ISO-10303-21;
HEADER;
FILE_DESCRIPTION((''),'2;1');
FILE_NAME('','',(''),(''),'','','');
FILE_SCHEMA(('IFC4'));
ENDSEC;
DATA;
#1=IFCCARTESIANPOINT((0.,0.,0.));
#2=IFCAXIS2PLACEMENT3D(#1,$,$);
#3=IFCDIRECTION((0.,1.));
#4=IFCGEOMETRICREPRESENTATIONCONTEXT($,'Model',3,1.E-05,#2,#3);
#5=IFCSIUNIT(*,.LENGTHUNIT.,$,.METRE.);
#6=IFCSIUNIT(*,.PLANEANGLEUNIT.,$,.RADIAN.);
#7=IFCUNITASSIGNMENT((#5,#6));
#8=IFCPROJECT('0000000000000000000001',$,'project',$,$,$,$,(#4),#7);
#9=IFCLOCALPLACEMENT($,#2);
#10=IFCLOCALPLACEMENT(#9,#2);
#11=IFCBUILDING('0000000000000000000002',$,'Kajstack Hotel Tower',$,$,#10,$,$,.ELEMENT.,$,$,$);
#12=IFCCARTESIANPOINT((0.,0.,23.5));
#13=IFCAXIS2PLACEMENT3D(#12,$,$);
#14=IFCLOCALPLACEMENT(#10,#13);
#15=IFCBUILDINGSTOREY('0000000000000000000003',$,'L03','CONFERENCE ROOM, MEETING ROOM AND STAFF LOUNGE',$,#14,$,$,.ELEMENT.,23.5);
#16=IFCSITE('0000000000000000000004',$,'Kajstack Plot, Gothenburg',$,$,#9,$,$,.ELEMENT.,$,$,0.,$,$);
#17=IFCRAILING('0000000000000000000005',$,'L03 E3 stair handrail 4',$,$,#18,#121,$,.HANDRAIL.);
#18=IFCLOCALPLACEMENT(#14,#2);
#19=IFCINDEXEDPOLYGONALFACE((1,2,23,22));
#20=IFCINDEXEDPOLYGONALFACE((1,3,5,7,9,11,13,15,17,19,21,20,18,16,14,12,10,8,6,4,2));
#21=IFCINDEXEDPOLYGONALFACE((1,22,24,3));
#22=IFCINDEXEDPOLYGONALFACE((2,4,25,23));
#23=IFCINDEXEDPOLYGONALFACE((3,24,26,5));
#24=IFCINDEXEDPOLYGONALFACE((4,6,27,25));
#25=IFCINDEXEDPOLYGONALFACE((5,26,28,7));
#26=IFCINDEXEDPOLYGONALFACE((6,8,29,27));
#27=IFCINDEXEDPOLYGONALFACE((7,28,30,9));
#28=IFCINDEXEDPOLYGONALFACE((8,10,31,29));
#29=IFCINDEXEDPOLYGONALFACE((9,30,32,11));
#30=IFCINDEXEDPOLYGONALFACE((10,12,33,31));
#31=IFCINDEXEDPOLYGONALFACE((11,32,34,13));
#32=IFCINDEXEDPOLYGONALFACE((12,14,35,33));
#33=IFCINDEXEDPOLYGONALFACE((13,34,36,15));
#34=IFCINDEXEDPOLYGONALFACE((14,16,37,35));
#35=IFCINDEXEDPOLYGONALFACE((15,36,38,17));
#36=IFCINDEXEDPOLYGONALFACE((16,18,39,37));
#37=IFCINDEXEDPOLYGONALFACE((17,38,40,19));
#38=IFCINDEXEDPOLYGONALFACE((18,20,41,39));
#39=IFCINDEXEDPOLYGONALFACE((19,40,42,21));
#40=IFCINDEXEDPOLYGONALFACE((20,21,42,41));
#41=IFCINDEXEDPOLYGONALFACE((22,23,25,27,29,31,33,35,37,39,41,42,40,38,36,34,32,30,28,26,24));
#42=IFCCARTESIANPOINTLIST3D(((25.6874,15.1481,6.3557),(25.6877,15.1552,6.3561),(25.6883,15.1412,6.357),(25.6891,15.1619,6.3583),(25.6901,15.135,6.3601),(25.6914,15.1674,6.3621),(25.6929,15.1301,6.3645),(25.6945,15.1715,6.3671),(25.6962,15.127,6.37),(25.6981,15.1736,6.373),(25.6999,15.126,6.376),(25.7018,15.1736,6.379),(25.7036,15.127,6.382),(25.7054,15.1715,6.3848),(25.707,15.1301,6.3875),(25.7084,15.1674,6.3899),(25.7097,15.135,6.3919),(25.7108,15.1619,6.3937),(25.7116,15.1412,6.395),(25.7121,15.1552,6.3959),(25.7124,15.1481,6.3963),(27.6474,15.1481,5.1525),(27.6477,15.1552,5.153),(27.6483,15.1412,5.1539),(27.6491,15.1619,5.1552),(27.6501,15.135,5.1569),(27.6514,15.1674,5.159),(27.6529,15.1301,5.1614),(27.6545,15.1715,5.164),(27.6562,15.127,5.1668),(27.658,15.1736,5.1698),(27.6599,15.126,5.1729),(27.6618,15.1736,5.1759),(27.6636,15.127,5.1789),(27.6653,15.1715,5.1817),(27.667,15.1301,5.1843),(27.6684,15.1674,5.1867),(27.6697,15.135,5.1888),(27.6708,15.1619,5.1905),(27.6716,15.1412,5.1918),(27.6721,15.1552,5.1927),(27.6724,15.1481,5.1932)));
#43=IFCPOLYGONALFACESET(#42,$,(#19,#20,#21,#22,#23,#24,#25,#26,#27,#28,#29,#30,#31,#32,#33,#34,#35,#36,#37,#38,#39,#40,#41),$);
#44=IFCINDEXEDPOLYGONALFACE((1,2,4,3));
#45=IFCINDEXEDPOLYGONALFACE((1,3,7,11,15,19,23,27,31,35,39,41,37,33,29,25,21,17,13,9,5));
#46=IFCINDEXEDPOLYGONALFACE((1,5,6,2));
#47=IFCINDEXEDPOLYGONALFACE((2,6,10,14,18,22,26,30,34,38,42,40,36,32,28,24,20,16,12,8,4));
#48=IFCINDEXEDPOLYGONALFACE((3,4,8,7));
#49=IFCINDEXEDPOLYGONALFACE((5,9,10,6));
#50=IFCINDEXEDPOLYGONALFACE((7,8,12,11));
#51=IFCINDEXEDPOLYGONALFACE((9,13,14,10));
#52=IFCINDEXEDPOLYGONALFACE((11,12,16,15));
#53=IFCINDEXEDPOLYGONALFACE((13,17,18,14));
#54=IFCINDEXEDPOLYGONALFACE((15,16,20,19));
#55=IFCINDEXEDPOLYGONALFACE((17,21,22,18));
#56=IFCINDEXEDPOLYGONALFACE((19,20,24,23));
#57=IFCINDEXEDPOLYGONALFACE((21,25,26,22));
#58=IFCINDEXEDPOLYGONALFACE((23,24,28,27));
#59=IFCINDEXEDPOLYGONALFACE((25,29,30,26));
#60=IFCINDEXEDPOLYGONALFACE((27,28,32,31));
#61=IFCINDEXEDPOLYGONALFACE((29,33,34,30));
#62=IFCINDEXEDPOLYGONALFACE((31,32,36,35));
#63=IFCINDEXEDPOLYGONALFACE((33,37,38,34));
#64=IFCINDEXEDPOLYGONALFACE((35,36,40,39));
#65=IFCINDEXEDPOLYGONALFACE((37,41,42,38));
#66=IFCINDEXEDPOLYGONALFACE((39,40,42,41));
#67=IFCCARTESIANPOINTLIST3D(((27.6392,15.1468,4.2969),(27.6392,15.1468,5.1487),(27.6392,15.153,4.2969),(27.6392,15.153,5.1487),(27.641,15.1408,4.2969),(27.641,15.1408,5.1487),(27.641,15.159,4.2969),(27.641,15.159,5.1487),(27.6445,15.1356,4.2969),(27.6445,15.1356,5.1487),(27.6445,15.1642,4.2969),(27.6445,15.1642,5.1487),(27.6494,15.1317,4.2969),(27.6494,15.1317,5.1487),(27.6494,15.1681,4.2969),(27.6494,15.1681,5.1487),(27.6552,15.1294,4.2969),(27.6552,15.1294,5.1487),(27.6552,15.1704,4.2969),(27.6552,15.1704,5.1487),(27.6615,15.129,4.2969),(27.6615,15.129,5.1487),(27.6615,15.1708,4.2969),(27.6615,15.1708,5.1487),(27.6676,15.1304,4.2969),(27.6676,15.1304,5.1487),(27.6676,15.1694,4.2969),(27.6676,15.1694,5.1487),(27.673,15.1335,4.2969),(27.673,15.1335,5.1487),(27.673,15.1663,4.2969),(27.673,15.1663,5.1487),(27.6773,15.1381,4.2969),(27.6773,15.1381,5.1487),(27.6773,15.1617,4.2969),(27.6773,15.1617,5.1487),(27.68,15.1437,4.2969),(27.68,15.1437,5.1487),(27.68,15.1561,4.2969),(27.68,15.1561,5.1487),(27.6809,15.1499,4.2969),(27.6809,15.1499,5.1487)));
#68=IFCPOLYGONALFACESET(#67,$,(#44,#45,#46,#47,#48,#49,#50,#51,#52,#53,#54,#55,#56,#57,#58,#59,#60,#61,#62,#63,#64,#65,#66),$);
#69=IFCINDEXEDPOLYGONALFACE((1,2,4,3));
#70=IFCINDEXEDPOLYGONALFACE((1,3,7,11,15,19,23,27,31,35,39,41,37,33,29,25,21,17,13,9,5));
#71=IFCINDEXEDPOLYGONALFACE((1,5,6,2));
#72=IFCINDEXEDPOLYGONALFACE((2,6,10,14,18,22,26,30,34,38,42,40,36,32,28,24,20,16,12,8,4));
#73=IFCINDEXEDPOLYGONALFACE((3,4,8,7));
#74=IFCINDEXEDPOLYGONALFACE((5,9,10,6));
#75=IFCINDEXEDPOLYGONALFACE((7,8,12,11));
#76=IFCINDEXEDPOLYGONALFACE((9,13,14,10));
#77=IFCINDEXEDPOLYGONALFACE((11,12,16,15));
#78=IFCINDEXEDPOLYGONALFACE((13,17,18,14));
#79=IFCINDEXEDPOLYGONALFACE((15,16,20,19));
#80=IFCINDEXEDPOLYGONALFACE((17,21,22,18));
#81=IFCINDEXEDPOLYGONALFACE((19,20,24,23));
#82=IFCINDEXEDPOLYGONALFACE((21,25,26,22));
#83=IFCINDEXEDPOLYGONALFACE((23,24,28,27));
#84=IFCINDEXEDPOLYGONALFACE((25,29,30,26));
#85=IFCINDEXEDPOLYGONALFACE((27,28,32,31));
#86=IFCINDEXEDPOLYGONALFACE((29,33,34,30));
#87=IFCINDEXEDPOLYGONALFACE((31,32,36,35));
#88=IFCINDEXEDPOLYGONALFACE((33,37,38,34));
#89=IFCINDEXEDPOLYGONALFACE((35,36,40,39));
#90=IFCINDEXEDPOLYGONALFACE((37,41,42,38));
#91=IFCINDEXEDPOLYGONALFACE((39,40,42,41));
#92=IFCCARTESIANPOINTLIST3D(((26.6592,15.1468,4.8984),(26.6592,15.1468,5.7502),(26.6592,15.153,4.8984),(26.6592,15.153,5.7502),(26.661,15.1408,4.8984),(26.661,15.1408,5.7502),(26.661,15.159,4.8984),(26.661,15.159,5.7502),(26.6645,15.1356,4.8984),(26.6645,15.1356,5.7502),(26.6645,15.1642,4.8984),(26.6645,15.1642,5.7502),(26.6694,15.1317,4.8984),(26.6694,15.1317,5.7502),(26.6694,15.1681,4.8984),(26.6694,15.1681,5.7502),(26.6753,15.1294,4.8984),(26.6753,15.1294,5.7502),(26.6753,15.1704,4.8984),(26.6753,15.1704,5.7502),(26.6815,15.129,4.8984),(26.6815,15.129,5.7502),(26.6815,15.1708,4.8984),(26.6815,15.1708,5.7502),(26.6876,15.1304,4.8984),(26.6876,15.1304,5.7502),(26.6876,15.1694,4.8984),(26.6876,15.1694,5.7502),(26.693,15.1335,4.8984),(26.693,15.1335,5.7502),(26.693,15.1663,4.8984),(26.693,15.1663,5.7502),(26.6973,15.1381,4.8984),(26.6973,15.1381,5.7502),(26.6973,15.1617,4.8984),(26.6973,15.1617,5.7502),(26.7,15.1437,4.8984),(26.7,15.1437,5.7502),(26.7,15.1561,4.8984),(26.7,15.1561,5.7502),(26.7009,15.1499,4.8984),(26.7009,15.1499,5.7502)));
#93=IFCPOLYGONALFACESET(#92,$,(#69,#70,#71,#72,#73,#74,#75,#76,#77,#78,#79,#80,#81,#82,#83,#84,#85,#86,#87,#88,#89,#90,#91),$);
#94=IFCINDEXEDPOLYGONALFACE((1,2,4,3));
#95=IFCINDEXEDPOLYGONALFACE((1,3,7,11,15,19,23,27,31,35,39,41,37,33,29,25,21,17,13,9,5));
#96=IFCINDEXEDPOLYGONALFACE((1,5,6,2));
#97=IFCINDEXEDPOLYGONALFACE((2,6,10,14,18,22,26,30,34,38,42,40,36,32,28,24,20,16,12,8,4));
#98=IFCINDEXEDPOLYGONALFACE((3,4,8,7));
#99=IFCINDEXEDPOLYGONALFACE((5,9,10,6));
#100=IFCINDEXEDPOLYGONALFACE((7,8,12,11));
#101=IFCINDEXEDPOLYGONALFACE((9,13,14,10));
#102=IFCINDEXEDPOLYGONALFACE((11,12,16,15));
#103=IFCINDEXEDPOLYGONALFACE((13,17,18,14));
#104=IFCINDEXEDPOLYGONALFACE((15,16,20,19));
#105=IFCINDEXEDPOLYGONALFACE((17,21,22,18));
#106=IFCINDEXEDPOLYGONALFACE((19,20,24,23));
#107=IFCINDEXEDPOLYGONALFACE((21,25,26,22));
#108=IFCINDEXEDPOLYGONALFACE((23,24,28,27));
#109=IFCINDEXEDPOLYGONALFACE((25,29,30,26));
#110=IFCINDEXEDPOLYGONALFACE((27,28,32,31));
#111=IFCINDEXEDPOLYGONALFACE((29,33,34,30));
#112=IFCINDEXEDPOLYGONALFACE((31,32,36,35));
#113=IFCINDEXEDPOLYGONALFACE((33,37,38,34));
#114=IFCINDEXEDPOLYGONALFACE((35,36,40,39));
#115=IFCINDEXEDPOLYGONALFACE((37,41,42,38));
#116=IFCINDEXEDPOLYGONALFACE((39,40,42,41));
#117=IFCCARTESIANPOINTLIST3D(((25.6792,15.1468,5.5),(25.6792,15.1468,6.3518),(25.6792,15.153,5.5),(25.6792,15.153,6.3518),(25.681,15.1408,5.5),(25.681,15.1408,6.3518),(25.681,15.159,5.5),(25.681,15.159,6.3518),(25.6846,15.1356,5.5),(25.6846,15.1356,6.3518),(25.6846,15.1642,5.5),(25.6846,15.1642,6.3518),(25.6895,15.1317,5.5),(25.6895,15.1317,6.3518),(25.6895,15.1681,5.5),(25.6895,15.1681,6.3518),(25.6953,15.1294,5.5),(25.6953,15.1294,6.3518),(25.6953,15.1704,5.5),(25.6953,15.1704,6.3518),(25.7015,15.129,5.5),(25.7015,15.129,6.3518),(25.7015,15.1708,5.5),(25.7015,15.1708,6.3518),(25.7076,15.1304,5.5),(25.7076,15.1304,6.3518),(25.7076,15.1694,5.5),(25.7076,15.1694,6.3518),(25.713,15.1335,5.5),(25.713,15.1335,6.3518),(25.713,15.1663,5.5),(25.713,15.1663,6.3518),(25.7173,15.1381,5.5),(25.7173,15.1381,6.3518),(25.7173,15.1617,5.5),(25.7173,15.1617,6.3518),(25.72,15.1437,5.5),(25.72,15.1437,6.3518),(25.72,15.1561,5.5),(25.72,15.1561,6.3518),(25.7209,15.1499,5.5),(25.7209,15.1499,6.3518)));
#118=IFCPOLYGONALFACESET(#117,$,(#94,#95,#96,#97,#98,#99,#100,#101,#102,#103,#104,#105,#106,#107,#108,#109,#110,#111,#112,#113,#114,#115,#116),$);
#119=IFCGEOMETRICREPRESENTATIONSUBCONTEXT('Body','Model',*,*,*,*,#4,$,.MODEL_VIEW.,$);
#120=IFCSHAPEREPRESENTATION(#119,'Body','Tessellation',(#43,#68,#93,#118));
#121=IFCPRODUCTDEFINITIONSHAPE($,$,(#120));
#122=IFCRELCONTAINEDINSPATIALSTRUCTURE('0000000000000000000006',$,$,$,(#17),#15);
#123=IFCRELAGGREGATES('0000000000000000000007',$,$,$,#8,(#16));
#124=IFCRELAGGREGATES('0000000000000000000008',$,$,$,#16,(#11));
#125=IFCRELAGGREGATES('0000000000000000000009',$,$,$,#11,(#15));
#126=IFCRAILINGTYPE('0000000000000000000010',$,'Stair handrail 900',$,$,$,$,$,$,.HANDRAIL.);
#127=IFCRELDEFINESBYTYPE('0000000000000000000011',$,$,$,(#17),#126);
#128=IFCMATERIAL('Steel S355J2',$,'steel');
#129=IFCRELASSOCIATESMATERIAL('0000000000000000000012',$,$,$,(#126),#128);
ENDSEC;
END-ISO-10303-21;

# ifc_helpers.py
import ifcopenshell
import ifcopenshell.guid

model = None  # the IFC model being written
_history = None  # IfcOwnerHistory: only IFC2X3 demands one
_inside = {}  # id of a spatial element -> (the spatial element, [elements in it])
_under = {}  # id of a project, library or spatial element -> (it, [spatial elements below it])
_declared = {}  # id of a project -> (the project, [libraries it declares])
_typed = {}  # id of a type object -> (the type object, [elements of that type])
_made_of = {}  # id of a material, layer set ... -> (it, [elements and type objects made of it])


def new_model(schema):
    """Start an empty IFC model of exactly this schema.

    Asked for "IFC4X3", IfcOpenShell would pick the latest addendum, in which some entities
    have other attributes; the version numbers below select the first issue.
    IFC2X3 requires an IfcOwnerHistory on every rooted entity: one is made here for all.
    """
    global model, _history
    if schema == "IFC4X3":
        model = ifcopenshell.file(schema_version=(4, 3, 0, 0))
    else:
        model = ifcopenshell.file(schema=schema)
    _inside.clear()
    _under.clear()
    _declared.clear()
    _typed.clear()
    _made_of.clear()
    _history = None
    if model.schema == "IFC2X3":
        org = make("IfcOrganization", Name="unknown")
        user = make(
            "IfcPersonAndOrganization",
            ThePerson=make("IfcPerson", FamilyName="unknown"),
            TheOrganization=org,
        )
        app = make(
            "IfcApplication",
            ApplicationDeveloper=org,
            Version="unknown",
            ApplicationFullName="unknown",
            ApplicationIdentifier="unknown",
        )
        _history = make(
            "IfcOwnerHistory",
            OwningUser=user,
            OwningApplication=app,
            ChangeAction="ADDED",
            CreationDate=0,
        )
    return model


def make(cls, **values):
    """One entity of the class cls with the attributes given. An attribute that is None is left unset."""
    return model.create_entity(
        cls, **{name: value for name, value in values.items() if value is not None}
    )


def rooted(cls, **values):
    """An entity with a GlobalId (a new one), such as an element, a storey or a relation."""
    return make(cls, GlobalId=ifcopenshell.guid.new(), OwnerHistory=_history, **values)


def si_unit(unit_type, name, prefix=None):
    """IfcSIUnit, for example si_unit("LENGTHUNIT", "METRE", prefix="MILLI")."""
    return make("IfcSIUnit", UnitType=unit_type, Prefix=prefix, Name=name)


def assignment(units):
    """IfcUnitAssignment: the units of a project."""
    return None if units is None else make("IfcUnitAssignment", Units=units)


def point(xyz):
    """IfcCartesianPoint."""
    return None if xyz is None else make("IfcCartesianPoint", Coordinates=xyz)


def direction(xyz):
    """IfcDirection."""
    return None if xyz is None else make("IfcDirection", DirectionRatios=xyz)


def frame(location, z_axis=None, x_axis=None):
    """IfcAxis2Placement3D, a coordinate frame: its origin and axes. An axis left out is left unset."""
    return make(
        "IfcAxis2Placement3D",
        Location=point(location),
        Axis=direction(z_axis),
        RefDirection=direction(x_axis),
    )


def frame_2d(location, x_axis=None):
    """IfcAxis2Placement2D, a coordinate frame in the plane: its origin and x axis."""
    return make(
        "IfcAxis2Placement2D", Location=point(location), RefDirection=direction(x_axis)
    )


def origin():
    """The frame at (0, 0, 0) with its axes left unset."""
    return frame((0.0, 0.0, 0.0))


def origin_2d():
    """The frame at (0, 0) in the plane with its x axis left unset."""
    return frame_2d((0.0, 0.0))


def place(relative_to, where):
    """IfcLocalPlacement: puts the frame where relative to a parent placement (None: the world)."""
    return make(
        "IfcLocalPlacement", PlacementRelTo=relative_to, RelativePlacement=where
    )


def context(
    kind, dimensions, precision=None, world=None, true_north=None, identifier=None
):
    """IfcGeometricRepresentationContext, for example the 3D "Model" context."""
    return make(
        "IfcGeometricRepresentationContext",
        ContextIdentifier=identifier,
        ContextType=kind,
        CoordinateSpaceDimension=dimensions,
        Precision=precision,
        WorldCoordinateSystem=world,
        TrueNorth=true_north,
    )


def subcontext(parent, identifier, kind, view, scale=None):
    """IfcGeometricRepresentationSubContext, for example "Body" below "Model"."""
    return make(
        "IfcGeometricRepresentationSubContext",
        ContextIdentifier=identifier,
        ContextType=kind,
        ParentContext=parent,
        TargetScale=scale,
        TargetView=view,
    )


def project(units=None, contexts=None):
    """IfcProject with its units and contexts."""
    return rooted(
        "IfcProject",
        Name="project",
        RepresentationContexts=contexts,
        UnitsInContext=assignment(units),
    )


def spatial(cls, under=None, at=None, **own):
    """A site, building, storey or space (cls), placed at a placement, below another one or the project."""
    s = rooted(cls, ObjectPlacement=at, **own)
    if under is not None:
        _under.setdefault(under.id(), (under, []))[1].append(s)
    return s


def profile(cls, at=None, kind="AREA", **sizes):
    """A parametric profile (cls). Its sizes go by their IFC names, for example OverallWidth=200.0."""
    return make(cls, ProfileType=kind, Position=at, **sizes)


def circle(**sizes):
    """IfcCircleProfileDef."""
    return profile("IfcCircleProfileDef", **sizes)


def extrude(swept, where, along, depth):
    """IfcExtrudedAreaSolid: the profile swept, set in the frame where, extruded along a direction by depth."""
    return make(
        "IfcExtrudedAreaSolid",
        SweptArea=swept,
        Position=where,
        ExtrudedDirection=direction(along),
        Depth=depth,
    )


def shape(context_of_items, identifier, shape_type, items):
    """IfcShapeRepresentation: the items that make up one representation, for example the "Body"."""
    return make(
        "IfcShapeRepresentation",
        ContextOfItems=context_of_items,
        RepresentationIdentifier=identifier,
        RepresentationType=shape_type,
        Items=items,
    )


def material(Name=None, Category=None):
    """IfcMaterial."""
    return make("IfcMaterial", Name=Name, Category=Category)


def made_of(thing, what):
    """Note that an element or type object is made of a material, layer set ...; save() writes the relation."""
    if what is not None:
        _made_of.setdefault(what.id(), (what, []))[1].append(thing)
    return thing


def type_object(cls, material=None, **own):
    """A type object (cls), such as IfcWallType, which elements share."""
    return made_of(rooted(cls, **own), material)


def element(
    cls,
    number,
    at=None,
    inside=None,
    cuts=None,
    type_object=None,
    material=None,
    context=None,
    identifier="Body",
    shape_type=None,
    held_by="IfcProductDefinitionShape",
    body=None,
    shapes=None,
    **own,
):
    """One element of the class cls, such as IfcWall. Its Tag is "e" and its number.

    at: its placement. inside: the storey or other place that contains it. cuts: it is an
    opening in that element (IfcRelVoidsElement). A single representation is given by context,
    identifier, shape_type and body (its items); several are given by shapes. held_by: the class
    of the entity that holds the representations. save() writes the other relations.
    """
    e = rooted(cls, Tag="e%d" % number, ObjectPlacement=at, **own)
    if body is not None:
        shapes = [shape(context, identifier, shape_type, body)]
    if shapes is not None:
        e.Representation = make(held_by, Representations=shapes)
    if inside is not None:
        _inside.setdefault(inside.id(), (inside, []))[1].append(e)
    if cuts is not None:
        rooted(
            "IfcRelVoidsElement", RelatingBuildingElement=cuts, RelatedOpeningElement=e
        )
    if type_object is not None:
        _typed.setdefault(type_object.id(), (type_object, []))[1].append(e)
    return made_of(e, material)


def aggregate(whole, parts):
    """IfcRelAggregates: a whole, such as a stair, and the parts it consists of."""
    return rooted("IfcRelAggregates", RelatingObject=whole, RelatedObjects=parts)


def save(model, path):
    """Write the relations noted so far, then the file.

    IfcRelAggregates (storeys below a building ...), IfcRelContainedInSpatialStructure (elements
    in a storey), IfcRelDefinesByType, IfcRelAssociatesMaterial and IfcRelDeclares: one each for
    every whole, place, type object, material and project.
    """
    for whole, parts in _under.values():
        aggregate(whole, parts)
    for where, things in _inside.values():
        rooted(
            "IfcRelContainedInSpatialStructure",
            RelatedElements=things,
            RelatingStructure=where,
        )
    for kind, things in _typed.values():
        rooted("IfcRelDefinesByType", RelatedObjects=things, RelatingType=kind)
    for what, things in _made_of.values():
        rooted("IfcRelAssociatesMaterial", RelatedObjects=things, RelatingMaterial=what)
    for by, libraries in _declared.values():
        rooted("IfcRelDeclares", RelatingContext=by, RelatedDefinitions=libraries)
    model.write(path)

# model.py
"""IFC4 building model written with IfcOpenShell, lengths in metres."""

from ifc_helpers import new_model, si_unit, direction, frame, origin, origin_2d, place, context, subcontext, project, spatial, circle, extrude, material, type_object, element, save


model = new_model("IFC4")

# Units and contexts
model_context = context("Model", 3, precision=1e-05, world=origin(), true_north=direction((0.0, 1.0)))
body_context = subcontext(model_context, "Body", "Model", "MODEL_VIEW")
ifc_project = project(units=[si_unit("LENGTHUNIT", "METRE"), si_unit("PLANEANGLEUNIT", "RADIAN")], contexts=[model_context])

# Site, building, storey
site_placement = place(None, origin())
site = spatial("IfcSite", under=ifc_project, at=site_placement, Name="Kajstack Plot, Gothenburg", CompositionType="ELEMENT", RefElevation=0.0)
building_placement = place(site_placement, origin())
building = spatial("IfcBuilding", under=site, at=building_placement, Name="Kajstack Hotel Tower", CompositionType="ELEMENT")
storey_placement = place(building_placement, frame((0.0, 0.0, 23.5)))
storey = spatial("IfcBuildingStorey", under=building, at=storey_placement, Name="L03", Description="CONFERENCE ROOM, MEETING ROOM AND STAFF LOUNGE", CompositionType="ELEMENT", Elevation=23.5)

# Railing
ifc_material_1 = material(Name="Steel S355J2", Category="steel")
railing_type_1 = type_object("IfcRailingType", Name="Stair handrail 900", PredefinedType="HANDRAIL", material=ifc_material_1)
railing_1_placement = place(storey_placement, frame((27.6599, 15.1499, 4.2969)))
element("IfcRailing", 1, at=railing_1_placement, inside=storey, type_object=railing_type_1, Name="L03 E3 stair handrail 4", PredefinedType="HANDRAIL", context=body_context, shape_type="SweptSolid", body=[
    extrude(circle(Radius=0.0239, at=origin_2d()), frame((0.0, 0.0, 0.876), z_axis=(-0.852241, 0.0, 0.523149), x_axis=(0.0, -1.0, 0.0)), (0.0, 0.0, 1.0), 2.2998),
    extrude(circle(Radius=0.021, at=origin_2d()), origin(), (0.0, 0.0, 1.0), 0.8518),
    extrude(circle(Radius=0.021, at=origin_2d()), frame((-0.98, 0.0, 0.6016)), (0.0, 0.0, 1.0), 0.8518),
    extrude(circle(Radius=0.021, at=origin_2d()), frame((-1.96, 0.0, 1.2031)), (0.0, 0.0, 1.0), 0.8518),
])

save(model, "model.ifc")
